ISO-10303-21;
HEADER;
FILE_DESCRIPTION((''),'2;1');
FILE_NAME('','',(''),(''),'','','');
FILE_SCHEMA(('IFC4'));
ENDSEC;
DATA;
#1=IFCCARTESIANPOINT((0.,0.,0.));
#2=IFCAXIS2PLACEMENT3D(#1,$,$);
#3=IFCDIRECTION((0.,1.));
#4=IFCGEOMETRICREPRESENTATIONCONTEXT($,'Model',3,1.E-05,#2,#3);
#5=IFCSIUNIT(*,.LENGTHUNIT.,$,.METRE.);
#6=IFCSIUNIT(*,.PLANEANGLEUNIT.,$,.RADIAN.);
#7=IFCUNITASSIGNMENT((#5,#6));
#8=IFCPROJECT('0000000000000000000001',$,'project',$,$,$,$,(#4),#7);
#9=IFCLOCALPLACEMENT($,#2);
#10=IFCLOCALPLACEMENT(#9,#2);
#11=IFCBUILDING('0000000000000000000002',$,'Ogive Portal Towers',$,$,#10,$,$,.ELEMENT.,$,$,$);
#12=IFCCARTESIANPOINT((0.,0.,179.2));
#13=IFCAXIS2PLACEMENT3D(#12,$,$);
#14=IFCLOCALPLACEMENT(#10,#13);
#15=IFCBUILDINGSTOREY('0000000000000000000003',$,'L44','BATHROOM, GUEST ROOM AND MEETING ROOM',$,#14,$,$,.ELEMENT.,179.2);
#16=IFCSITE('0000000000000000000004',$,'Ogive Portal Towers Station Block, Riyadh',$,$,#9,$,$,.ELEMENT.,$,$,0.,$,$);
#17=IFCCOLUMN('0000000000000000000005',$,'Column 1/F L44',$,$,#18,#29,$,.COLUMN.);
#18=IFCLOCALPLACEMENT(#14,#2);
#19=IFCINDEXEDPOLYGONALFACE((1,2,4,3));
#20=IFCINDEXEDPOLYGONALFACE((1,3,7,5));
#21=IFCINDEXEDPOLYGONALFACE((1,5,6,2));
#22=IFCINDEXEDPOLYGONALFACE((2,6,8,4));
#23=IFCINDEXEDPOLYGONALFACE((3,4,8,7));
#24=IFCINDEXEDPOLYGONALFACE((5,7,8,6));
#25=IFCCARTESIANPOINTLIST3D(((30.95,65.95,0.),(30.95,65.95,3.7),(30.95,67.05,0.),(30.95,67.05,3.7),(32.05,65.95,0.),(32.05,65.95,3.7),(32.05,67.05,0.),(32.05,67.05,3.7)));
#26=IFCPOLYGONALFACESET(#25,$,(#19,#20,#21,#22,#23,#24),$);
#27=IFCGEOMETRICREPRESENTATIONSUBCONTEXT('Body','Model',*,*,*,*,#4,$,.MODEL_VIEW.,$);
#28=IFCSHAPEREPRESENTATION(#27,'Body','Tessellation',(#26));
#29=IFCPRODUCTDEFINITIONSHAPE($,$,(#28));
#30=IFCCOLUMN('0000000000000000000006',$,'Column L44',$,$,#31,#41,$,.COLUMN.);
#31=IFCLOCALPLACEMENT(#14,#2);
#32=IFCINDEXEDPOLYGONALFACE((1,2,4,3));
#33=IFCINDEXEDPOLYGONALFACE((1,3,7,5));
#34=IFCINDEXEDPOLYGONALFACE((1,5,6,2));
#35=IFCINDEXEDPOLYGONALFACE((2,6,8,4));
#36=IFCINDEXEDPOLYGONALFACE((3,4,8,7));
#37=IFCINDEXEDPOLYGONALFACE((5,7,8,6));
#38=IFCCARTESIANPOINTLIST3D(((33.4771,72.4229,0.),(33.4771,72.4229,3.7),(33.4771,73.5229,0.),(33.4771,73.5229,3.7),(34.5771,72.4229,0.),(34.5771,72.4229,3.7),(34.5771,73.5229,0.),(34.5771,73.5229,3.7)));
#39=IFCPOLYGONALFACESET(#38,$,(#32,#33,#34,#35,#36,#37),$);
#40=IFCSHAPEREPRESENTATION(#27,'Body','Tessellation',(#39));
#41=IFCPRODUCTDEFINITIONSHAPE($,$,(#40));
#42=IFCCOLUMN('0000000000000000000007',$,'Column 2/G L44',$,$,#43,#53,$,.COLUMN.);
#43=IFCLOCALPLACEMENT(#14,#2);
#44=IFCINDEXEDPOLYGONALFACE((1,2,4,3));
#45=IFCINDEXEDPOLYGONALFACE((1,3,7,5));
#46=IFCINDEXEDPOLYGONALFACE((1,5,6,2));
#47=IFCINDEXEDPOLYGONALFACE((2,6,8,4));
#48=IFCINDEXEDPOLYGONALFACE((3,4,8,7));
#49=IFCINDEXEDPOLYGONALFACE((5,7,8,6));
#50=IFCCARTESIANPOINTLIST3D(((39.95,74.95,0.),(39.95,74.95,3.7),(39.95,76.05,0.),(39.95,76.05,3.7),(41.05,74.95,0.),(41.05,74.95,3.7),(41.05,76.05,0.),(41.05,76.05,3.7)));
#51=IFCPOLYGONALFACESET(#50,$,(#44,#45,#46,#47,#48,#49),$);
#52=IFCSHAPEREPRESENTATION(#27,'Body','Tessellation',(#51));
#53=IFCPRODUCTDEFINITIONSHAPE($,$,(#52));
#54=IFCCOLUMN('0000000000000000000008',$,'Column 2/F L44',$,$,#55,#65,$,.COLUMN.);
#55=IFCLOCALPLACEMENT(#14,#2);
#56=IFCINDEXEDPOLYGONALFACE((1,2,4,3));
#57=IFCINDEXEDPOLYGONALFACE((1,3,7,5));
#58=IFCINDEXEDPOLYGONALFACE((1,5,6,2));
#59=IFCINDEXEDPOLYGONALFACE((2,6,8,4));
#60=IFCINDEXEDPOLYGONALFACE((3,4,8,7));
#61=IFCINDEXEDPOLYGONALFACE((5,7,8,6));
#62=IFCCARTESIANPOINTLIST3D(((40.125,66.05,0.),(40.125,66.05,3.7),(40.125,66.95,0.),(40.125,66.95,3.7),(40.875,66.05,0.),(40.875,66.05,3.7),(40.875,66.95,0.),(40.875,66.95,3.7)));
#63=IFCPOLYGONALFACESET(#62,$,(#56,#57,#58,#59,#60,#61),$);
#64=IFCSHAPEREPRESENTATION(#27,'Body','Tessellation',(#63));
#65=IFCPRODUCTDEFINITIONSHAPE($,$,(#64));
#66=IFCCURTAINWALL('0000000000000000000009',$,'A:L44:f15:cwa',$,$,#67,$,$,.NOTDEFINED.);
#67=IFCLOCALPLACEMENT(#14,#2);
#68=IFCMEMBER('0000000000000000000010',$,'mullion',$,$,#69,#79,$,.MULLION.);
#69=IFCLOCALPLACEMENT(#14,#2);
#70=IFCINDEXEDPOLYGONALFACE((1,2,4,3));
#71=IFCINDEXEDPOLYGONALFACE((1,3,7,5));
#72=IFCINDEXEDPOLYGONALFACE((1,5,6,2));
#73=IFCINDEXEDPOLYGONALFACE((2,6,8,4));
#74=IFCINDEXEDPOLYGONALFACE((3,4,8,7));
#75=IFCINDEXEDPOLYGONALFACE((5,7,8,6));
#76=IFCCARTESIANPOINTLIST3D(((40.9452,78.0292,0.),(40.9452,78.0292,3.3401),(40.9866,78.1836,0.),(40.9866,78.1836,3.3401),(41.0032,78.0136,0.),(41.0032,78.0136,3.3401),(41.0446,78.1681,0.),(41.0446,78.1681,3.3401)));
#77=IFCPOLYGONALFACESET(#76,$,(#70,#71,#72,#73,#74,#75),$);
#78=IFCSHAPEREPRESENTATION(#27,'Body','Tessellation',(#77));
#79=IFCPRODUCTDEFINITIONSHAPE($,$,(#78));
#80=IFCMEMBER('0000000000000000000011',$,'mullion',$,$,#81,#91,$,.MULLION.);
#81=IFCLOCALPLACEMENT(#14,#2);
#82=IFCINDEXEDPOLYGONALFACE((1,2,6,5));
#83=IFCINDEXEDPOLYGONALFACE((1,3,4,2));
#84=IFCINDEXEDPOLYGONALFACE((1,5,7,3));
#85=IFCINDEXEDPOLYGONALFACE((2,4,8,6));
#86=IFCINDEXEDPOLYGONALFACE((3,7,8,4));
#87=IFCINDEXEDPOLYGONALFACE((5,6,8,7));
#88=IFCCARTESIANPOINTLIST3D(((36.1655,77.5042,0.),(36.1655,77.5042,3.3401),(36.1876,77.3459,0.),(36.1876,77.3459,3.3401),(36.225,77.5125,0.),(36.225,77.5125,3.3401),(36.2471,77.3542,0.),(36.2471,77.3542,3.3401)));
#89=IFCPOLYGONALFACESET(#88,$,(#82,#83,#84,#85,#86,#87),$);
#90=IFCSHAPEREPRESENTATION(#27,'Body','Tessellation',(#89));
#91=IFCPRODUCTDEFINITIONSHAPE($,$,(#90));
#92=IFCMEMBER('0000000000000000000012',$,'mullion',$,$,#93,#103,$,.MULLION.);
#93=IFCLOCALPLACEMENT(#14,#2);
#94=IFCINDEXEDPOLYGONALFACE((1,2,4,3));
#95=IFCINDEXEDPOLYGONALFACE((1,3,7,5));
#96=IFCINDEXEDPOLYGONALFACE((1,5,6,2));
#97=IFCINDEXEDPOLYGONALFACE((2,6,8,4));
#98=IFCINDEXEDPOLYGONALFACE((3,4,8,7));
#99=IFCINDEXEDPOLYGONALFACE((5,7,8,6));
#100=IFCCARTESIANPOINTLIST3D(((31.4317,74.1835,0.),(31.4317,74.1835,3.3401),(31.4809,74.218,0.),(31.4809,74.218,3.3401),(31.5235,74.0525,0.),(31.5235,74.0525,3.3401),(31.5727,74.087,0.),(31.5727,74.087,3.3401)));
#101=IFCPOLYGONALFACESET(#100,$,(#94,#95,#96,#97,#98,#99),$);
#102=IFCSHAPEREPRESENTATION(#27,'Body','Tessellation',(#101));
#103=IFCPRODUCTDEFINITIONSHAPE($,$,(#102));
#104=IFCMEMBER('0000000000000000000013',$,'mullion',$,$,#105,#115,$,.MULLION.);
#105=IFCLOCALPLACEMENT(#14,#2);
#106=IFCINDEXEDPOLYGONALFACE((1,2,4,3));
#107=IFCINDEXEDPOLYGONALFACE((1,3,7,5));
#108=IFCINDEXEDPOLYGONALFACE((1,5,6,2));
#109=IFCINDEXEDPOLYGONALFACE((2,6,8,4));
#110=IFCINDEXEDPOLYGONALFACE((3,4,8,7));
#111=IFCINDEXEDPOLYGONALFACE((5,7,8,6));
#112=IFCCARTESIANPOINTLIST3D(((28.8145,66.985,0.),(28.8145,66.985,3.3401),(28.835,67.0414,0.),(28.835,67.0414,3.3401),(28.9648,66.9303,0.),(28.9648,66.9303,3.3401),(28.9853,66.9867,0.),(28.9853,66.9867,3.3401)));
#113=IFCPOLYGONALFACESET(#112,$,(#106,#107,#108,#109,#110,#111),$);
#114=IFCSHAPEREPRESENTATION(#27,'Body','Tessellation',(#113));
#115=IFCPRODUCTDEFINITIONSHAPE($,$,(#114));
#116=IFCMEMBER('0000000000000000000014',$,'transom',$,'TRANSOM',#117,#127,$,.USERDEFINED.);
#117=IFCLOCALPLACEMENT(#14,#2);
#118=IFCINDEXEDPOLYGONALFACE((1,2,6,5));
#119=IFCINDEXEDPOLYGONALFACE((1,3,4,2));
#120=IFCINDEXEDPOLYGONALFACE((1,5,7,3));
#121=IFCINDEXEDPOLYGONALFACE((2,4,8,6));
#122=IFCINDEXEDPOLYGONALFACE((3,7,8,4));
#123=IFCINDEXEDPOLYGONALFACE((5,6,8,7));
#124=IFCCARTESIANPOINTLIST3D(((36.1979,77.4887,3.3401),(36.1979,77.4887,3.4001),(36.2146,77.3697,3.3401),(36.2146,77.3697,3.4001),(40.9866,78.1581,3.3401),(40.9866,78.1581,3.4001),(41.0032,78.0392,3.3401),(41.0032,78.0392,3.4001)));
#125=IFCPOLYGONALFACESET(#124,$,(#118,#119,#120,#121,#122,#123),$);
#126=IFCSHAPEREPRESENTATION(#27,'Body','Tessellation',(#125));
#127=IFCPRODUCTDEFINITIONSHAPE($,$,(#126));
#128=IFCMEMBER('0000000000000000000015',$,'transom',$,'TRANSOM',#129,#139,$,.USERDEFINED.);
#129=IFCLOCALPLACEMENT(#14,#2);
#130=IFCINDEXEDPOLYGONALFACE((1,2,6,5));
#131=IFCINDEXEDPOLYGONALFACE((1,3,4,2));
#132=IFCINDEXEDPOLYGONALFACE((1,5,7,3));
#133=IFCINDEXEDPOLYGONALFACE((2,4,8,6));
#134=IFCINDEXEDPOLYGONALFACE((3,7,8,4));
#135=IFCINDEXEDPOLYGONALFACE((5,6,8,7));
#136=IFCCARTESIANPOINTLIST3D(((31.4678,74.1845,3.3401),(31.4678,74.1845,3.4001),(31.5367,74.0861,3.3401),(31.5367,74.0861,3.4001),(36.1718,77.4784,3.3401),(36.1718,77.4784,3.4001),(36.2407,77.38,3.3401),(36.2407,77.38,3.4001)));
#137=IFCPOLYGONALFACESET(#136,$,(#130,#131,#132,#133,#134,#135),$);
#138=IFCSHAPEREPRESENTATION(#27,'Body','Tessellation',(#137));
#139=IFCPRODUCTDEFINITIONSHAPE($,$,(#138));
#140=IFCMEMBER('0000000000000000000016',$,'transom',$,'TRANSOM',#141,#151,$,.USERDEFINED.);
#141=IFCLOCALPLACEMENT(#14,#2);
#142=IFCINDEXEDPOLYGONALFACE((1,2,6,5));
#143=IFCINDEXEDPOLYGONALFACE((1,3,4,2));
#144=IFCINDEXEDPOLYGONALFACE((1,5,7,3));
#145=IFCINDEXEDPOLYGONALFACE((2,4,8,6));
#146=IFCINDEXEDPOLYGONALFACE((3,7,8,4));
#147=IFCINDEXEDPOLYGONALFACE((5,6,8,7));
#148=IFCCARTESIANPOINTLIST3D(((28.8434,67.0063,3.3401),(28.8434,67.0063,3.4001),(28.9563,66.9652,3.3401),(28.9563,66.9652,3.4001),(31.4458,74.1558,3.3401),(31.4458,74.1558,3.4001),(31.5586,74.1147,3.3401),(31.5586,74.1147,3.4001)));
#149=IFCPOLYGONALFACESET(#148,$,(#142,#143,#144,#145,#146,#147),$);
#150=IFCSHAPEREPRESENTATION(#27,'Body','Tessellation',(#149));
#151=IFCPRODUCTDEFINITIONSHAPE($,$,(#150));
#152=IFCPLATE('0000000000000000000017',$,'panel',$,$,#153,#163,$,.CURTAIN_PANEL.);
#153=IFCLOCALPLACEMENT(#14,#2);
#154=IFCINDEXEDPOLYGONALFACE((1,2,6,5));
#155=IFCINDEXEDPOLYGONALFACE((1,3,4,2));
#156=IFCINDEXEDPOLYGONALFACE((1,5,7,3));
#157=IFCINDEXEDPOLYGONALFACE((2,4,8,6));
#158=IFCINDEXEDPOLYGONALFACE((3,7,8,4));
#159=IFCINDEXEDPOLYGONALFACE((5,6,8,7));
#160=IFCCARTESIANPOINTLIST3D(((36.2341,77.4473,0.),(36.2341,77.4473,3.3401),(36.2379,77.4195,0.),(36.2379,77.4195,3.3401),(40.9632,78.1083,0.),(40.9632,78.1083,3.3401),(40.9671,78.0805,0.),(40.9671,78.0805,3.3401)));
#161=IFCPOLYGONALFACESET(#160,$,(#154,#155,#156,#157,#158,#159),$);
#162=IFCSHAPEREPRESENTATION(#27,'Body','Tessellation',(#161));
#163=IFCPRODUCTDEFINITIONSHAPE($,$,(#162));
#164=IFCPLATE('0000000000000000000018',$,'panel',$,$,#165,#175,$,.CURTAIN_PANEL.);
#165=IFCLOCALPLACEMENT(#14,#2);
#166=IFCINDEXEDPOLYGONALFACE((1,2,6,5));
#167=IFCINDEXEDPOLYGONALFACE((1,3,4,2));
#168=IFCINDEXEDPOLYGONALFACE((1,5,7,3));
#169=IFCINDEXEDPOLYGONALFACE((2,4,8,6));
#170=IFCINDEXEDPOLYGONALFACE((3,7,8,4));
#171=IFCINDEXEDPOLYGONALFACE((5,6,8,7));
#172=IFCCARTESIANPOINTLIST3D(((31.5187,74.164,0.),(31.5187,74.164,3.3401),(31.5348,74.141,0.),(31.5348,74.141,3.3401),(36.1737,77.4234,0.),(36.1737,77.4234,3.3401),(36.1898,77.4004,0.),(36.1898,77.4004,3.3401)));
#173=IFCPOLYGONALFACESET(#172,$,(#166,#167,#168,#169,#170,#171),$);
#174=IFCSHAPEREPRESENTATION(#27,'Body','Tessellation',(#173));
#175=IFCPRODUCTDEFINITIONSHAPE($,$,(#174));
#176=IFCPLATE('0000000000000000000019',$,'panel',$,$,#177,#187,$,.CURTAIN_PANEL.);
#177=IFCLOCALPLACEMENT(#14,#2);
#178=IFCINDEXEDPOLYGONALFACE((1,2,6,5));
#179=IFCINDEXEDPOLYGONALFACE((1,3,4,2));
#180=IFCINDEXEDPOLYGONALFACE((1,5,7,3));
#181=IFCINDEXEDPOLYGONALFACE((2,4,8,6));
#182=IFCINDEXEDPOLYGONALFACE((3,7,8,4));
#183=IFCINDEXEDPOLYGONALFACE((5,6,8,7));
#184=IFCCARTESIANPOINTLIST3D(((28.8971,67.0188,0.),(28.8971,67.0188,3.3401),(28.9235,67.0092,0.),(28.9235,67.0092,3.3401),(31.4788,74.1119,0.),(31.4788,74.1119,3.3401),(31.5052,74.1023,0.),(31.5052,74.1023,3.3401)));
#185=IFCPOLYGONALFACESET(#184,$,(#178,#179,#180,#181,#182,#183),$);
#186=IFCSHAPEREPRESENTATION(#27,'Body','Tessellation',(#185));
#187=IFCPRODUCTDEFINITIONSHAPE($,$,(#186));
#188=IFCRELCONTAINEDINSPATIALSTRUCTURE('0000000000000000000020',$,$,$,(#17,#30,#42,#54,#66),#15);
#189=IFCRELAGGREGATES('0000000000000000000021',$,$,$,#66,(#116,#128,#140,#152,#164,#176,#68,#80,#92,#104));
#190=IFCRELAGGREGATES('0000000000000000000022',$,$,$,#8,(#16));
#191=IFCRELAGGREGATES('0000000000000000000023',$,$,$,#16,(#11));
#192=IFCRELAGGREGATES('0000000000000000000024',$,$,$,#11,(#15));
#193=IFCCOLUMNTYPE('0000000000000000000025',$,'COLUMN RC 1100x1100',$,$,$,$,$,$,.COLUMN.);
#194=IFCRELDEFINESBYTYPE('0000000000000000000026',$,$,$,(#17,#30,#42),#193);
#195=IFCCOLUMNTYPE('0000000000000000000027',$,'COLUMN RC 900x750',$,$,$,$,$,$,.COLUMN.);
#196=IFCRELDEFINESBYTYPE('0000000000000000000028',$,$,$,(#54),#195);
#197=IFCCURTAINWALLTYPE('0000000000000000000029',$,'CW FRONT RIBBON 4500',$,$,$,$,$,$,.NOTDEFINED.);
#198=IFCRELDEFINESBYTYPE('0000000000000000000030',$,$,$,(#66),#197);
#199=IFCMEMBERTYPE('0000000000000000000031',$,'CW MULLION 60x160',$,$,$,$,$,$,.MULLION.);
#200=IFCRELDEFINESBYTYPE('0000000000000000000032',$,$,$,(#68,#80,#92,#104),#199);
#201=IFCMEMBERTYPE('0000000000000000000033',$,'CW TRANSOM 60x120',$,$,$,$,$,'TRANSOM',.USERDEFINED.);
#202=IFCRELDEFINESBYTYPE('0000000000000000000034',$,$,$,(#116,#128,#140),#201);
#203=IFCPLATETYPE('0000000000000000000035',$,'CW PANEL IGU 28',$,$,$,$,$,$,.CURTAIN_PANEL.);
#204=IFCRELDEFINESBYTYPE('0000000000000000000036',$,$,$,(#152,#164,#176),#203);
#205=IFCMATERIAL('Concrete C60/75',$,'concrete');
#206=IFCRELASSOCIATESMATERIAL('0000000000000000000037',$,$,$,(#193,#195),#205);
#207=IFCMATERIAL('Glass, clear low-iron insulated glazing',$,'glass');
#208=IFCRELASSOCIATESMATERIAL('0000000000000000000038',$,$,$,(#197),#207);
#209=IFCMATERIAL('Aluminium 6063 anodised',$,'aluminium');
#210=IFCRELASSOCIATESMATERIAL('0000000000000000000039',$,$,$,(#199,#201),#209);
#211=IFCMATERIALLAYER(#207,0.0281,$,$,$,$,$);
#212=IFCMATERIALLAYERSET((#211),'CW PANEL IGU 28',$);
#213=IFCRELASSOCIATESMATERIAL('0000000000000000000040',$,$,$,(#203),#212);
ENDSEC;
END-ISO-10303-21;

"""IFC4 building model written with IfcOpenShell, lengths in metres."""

from ifc_helpers import new_model, si_unit, direction, frame, origin, origin_2d, place, context, subcontext, project, spatial, rectangle, extrude, material, layer, layer_set, material_profile, profile_set, type_object, element, aggregate, save


model = new_model("IFC4")

# Units and contexts
model_context = context("Model", 3, precision=1e-05, world=origin(), true_north=direction((0.0, 1.0)))
body_context = subcontext(model_context, "Body", "Model", "MODEL_VIEW")
ifc_project = project(units=[si_unit("LENGTHUNIT", "METRE"), si_unit("PLANEANGLEUNIT", "RADIAN")], contexts=[model_context])

# Site, building, storey
site_placement = place(None, origin())
site = spatial("IfcSite", under=ifc_project, at=site_placement, Name="Ogive Portal Towers Station Block, Riyadh", CompositionType="ELEMENT", RefElevation=0.0)
building_placement = place(site_placement, origin())
building = spatial("IfcBuilding", under=site, at=building_placement, Name="Ogive Portal Towers", CompositionType="ELEMENT")
storey_placement = place(building_placement, frame((0.0, 0.0, 179.2)))
storey = spatial("IfcBuildingStorey", under=building, at=storey_placement, Name="L44", Description="BATHROOM, GUEST ROOM AND MEETING ROOM", CompositionType="ELEMENT", Elevation=179.2)

# Columns
ifc_material_1 = material(Name="Concrete C60/75", Category="concrete")
ifc_material_profile_1 = material_profile(ifc_material_1, rectangle(XDim=1.1001, YDim=1.1001, at=origin_2d()), Name="RC 1100x1100")
ifc_profile_set_1 = profile_set([ifc_material_profile_1], Name="Concrete C60/75")
column_type_1 = type_object("IfcColumnType", Name="COLUMN RC 1100x1100", PredefinedType="COLUMN", material=ifc_profile_set_1)
for number, where, z_axis, x_axis, name in (
    (1, (31.5, 66.5, 0.0), (0.0, 0.0, 1.0), (1.0, 0.0, 0.0), "Column 1/F L44"),
    (2, (34.0271, 72.9729, 0.0), (0.0, 0.0, 1.0), (1.0, 0.0, 0.0), "Column L44"),
    (3, (40.5, 75.5, 0.0), (0.0, 0.0, 1.0), (1.0, 0.0, 0.0), "Column 2/G L44"),
):
    element("IfcColumn", number, at=place(storey_placement, frame(where, z_axis=z_axis, x_axis=x_axis)), inside=storey, type_object=column_type_1, Name=name, PredefinedType="COLUMN", context=body_context, shape_type="SweptSolid", body=[
        extrude(rectangle(XDim=1.1001, YDim=1.1001, at=origin_2d()), origin(), (0.0, 0.0, 1.0), 3.7),
    ])
ifc_material_profile_2 = material_profile(ifc_material_1, rectangle(XDim=0.8999, YDim=0.75, at=origin_2d()), Name="RC 900x750")
ifc_profile_set_2 = profile_set([ifc_material_profile_2], Name="Concrete C60/75")
column_type_2 = type_object("IfcColumnType", Name="COLUMN RC 900x750", PredefinedType="COLUMN", material=ifc_profile_set_2)
column_placement = place(storey_placement, frame((40.5, 66.5, 0.0), z_axis=(0.0, 0.0, 1.0), x_axis=(0.0, 1.0, 0.0)))
element("IfcColumn", 4, at=column_placement, inside=storey, type_object=column_type_2, Name="Column 2/F L44", PredefinedType="COLUMN", context=body_context, shape_type="SweptSolid", body=[
    extrude(rectangle(XDim=0.8999, YDim=0.75, at=origin_2d()), origin(), (0.0, 0.0, 1.0), 3.7),
])

# Curtain wall, members, plates
ifc_material_2 = material(Name="Glass, clear low-iron insulated glazing", Category="glass")
curtain_wall_type = type_object("IfcCurtainWallType", Name="CW FRONT RIBBON 4500", PredefinedType="NOTDEFINED", material=ifc_material_2)
curtain_wall_placement = place(storey_placement, origin())
curtain_wall = element("IfcCurtainWall", 5, at=curtain_wall_placement, inside=storey, type_object=curtain_wall_type, Name="A:L44:f15:cwa", PredefinedType="NOTDEFINED")
ifc_material_3 = material(Name="Aluminium 6063 anodised", Category="aluminium")
ifc_material_profile_3 = material_profile(ifc_material_3, rectangle(XDim=0.1599, YDim=0.0601, at=origin_2d()), Name="AL 60x160")
ifc_profile_set_3 = profile_set([ifc_material_profile_3], Name="Aluminium 6063 anodised")
member_type_1 = type_object("IfcMemberType", Name="CW MULLION 60x160", PredefinedType="MULLION", material=ifc_profile_set_3)
member_1_placement = place(storey_placement, frame((40.9949, 78.0986, 0.0), z_axis=(0.0, 0.0, 1.0), x_axis=(-0.258819, -0.965926, 0.0)))
member_1 = element("IfcMember", 6, at=member_1_placement, type_object=member_type_1, Name="mullion", PredefinedType="MULLION", context=body_context, shape_type="SweptSolid", body=[
    extrude(rectangle(XDim=0.1599, YDim=0.0601, at=origin_2d()), origin(), (0.0, 0.0, 1.0), 3.3401),
])
member_2_placement = place(storey_placement, frame((36.2063, 77.4292, 0.0), z_axis=(0.0, 0.0, 1.0), x_axis=(0.138428, -0.990373, 0.0)))
member_2 = element("IfcMember", 7, at=member_2_placement, type_object=member_type_1, Name="mullion", PredefinedType="MULLION", context=body_context, shape_type="SweptSolid", body=[
    extrude(rectangle(XDim=0.1599, YDim=0.0601, at=origin_2d()), origin(), (0.0, 0.0, 1.0), 3.3401),
])
member_3_placement = place(storey_placement, frame((31.5022, 74.1353, 0.0), z_axis=(0.0, 0.0, 1.0), x_axis=(0.573576, -0.819152, 0.0)))
member_3 = element("IfcMember", 8, at=member_3_placement, type_object=member_type_1, Name="mullion", PredefinedType="MULLION", context=body_context, shape_type="SweptSolid", body=[
    extrude(rectangle(XDim=0.1599, YDim=0.0601, at=origin_2d()), origin(), (0.0, 0.0, 1.0), 3.3401),
])
member_4_placement = place(storey_placement, frame((28.8999, 66.9858, 0.0), z_axis=(0.0, 0.0, 1.0), x_axis=(0.939693, -0.34202, 0.0)))
member_4 = element("IfcMember", 9, at=member_4_placement, type_object=member_type_1, Name="mullion", PredefinedType="MULLION", context=body_context, shape_type="SweptSolid", body=[
    extrude(rectangle(XDim=0.1599, YDim=0.0601, at=origin_2d()), origin(), (0.0, 0.0, 1.0), 3.3401),
])
ifc_material_profile_4 = material_profile(ifc_material_3, rectangle(XDim=0.1201, YDim=0.0601, at=origin_2d()), Name="AL 120x60")
ifc_profile_set_4 = profile_set([ifc_material_profile_4], Name="Aluminium 6063 anodised")
member_type_2 = type_object("IfcMemberType", Name="CW TRANSOM 60x120", ElementType="TRANSOM", PredefinedType="USERDEFINED", material=ifc_profile_set_4)
member_5_placement = place(storey_placement, frame((40.9949, 78.0986, 3.3701), z_axis=(-0.990369, -0.138452, 0.0), x_axis=(0.138452, -0.990369, 0.0)))
member_5 = element("IfcMember", 10, at=member_5_placement, type_object=member_type_2, Name="transom", ObjectType="TRANSOM", PredefinedType="USERDEFINED", context=body_context, shape_type="SweptSolid", body=[
    extrude(rectangle(XDim=0.1201, YDim=0.0601, at=origin_2d()), origin(), (0.0, 0.0, 1.0), 4.8352),
])
member_6_placement = place(storey_placement, frame((36.2063, 77.4292, 3.3701), z_axis=(-0.819144, -0.573588, 0.0), x_axis=(0.573588, -0.819144, 0.0)))
member_6 = element("IfcMember", 11, at=member_6_placement, type_object=member_type_2, Name="transom", ObjectType="TRANSOM", PredefinedType="USERDEFINED", context=body_context, shape_type="SweptSolid", body=[
    extrude(rectangle(XDim=0.1201, YDim=0.0601, at=origin_2d()), origin(), (0.0, 0.0, 1.0), 5.7427),
])
member_7_placement = place(storey_placement, frame((31.5022, 74.1353, 3.3701), z_axis=(-0.342034, -0.939688, 0.0), x_axis=(0.939688, -0.342034, 0.0)))
member_7 = element("IfcMember", 12, at=member_7_placement, type_object=member_type_2, Name="transom", ObjectType="TRANSOM", PredefinedType="USERDEFINED", context=body_context, shape_type="SweptSolid", body=[
    extrude(rectangle(XDim=0.1201, YDim=0.0601, at=origin_2d()), origin(), (0.0, 0.0, 1.0), 7.6084),
])
ifc_layer_1 = layer(ifc_material_2, 0.0281)
ifc_layer_set_1 = layer_set([ifc_layer_1], Name="CW PANEL IGU 28")
plate_type = type_object("IfcPlateType", Name="CW PANEL IGU 28", PredefinedType="CURTAIN_PANEL", material=ifc_layer_set_1)
plate_1_placement = place(storey_placement, frame((38.6006, 77.7639, 0.0), z_axis=(0.0, 0.0, 1.0), x_axis=(-0.990373, -0.138428, 0.0)))
plate_1 = element("IfcPlate", 13, at=plate_1_placement, type_object=plate_type, Name="panel", PredefinedType="CURTAIN_PANEL", context=body_context, shape_type="SweptSolid", body=[
    extrude(rectangle(XDim=4.7751, YDim=0.0281, at=origin_2d()), origin(), (0.0, 0.0, 1.0), 3.3401),
])
plate_2_placement = place(storey_placement, frame((33.8542, 75.7822, 0.0), z_axis=(0.0, 0.0, 1.0), x_axis=(-0.819152, -0.573576, 0.0)))
plate_2 = element("IfcPlate", 14, at=plate_2_placement, type_object=plate_type, Name="panel", PredefinedType="CURTAIN_PANEL", context=body_context, shape_type="SweptSolid", body=[
    extrude(rectangle(XDim=5.6826, YDim=0.0281, at=origin_2d()), origin(), (0.0, 0.0, 1.0), 3.3401),
])
plate_3_placement = place(storey_placement, frame((30.2012, 70.5605, 0.0), z_axis=(0.0, 0.0, 1.0), x_axis=(-0.34202, -0.939693, 0.0)))
plate_3 = element("IfcPlate", 15, at=plate_3_placement, type_object=plate_type, Name="panel", PredefinedType="CURTAIN_PANEL", context=body_context, shape_type="SweptSolid", body=[
    extrude(rectangle(XDim=7.5483, YDim=0.0281, at=origin_2d()), origin(), (0.0, 0.0, 1.0), 3.3401),
])
aggregate(curtain_wall, [member_5, member_6, member_7, plate_1, plate_2, plate_3, member_1, member_2, member_3, member_4])

save(model, "model.ifc")
